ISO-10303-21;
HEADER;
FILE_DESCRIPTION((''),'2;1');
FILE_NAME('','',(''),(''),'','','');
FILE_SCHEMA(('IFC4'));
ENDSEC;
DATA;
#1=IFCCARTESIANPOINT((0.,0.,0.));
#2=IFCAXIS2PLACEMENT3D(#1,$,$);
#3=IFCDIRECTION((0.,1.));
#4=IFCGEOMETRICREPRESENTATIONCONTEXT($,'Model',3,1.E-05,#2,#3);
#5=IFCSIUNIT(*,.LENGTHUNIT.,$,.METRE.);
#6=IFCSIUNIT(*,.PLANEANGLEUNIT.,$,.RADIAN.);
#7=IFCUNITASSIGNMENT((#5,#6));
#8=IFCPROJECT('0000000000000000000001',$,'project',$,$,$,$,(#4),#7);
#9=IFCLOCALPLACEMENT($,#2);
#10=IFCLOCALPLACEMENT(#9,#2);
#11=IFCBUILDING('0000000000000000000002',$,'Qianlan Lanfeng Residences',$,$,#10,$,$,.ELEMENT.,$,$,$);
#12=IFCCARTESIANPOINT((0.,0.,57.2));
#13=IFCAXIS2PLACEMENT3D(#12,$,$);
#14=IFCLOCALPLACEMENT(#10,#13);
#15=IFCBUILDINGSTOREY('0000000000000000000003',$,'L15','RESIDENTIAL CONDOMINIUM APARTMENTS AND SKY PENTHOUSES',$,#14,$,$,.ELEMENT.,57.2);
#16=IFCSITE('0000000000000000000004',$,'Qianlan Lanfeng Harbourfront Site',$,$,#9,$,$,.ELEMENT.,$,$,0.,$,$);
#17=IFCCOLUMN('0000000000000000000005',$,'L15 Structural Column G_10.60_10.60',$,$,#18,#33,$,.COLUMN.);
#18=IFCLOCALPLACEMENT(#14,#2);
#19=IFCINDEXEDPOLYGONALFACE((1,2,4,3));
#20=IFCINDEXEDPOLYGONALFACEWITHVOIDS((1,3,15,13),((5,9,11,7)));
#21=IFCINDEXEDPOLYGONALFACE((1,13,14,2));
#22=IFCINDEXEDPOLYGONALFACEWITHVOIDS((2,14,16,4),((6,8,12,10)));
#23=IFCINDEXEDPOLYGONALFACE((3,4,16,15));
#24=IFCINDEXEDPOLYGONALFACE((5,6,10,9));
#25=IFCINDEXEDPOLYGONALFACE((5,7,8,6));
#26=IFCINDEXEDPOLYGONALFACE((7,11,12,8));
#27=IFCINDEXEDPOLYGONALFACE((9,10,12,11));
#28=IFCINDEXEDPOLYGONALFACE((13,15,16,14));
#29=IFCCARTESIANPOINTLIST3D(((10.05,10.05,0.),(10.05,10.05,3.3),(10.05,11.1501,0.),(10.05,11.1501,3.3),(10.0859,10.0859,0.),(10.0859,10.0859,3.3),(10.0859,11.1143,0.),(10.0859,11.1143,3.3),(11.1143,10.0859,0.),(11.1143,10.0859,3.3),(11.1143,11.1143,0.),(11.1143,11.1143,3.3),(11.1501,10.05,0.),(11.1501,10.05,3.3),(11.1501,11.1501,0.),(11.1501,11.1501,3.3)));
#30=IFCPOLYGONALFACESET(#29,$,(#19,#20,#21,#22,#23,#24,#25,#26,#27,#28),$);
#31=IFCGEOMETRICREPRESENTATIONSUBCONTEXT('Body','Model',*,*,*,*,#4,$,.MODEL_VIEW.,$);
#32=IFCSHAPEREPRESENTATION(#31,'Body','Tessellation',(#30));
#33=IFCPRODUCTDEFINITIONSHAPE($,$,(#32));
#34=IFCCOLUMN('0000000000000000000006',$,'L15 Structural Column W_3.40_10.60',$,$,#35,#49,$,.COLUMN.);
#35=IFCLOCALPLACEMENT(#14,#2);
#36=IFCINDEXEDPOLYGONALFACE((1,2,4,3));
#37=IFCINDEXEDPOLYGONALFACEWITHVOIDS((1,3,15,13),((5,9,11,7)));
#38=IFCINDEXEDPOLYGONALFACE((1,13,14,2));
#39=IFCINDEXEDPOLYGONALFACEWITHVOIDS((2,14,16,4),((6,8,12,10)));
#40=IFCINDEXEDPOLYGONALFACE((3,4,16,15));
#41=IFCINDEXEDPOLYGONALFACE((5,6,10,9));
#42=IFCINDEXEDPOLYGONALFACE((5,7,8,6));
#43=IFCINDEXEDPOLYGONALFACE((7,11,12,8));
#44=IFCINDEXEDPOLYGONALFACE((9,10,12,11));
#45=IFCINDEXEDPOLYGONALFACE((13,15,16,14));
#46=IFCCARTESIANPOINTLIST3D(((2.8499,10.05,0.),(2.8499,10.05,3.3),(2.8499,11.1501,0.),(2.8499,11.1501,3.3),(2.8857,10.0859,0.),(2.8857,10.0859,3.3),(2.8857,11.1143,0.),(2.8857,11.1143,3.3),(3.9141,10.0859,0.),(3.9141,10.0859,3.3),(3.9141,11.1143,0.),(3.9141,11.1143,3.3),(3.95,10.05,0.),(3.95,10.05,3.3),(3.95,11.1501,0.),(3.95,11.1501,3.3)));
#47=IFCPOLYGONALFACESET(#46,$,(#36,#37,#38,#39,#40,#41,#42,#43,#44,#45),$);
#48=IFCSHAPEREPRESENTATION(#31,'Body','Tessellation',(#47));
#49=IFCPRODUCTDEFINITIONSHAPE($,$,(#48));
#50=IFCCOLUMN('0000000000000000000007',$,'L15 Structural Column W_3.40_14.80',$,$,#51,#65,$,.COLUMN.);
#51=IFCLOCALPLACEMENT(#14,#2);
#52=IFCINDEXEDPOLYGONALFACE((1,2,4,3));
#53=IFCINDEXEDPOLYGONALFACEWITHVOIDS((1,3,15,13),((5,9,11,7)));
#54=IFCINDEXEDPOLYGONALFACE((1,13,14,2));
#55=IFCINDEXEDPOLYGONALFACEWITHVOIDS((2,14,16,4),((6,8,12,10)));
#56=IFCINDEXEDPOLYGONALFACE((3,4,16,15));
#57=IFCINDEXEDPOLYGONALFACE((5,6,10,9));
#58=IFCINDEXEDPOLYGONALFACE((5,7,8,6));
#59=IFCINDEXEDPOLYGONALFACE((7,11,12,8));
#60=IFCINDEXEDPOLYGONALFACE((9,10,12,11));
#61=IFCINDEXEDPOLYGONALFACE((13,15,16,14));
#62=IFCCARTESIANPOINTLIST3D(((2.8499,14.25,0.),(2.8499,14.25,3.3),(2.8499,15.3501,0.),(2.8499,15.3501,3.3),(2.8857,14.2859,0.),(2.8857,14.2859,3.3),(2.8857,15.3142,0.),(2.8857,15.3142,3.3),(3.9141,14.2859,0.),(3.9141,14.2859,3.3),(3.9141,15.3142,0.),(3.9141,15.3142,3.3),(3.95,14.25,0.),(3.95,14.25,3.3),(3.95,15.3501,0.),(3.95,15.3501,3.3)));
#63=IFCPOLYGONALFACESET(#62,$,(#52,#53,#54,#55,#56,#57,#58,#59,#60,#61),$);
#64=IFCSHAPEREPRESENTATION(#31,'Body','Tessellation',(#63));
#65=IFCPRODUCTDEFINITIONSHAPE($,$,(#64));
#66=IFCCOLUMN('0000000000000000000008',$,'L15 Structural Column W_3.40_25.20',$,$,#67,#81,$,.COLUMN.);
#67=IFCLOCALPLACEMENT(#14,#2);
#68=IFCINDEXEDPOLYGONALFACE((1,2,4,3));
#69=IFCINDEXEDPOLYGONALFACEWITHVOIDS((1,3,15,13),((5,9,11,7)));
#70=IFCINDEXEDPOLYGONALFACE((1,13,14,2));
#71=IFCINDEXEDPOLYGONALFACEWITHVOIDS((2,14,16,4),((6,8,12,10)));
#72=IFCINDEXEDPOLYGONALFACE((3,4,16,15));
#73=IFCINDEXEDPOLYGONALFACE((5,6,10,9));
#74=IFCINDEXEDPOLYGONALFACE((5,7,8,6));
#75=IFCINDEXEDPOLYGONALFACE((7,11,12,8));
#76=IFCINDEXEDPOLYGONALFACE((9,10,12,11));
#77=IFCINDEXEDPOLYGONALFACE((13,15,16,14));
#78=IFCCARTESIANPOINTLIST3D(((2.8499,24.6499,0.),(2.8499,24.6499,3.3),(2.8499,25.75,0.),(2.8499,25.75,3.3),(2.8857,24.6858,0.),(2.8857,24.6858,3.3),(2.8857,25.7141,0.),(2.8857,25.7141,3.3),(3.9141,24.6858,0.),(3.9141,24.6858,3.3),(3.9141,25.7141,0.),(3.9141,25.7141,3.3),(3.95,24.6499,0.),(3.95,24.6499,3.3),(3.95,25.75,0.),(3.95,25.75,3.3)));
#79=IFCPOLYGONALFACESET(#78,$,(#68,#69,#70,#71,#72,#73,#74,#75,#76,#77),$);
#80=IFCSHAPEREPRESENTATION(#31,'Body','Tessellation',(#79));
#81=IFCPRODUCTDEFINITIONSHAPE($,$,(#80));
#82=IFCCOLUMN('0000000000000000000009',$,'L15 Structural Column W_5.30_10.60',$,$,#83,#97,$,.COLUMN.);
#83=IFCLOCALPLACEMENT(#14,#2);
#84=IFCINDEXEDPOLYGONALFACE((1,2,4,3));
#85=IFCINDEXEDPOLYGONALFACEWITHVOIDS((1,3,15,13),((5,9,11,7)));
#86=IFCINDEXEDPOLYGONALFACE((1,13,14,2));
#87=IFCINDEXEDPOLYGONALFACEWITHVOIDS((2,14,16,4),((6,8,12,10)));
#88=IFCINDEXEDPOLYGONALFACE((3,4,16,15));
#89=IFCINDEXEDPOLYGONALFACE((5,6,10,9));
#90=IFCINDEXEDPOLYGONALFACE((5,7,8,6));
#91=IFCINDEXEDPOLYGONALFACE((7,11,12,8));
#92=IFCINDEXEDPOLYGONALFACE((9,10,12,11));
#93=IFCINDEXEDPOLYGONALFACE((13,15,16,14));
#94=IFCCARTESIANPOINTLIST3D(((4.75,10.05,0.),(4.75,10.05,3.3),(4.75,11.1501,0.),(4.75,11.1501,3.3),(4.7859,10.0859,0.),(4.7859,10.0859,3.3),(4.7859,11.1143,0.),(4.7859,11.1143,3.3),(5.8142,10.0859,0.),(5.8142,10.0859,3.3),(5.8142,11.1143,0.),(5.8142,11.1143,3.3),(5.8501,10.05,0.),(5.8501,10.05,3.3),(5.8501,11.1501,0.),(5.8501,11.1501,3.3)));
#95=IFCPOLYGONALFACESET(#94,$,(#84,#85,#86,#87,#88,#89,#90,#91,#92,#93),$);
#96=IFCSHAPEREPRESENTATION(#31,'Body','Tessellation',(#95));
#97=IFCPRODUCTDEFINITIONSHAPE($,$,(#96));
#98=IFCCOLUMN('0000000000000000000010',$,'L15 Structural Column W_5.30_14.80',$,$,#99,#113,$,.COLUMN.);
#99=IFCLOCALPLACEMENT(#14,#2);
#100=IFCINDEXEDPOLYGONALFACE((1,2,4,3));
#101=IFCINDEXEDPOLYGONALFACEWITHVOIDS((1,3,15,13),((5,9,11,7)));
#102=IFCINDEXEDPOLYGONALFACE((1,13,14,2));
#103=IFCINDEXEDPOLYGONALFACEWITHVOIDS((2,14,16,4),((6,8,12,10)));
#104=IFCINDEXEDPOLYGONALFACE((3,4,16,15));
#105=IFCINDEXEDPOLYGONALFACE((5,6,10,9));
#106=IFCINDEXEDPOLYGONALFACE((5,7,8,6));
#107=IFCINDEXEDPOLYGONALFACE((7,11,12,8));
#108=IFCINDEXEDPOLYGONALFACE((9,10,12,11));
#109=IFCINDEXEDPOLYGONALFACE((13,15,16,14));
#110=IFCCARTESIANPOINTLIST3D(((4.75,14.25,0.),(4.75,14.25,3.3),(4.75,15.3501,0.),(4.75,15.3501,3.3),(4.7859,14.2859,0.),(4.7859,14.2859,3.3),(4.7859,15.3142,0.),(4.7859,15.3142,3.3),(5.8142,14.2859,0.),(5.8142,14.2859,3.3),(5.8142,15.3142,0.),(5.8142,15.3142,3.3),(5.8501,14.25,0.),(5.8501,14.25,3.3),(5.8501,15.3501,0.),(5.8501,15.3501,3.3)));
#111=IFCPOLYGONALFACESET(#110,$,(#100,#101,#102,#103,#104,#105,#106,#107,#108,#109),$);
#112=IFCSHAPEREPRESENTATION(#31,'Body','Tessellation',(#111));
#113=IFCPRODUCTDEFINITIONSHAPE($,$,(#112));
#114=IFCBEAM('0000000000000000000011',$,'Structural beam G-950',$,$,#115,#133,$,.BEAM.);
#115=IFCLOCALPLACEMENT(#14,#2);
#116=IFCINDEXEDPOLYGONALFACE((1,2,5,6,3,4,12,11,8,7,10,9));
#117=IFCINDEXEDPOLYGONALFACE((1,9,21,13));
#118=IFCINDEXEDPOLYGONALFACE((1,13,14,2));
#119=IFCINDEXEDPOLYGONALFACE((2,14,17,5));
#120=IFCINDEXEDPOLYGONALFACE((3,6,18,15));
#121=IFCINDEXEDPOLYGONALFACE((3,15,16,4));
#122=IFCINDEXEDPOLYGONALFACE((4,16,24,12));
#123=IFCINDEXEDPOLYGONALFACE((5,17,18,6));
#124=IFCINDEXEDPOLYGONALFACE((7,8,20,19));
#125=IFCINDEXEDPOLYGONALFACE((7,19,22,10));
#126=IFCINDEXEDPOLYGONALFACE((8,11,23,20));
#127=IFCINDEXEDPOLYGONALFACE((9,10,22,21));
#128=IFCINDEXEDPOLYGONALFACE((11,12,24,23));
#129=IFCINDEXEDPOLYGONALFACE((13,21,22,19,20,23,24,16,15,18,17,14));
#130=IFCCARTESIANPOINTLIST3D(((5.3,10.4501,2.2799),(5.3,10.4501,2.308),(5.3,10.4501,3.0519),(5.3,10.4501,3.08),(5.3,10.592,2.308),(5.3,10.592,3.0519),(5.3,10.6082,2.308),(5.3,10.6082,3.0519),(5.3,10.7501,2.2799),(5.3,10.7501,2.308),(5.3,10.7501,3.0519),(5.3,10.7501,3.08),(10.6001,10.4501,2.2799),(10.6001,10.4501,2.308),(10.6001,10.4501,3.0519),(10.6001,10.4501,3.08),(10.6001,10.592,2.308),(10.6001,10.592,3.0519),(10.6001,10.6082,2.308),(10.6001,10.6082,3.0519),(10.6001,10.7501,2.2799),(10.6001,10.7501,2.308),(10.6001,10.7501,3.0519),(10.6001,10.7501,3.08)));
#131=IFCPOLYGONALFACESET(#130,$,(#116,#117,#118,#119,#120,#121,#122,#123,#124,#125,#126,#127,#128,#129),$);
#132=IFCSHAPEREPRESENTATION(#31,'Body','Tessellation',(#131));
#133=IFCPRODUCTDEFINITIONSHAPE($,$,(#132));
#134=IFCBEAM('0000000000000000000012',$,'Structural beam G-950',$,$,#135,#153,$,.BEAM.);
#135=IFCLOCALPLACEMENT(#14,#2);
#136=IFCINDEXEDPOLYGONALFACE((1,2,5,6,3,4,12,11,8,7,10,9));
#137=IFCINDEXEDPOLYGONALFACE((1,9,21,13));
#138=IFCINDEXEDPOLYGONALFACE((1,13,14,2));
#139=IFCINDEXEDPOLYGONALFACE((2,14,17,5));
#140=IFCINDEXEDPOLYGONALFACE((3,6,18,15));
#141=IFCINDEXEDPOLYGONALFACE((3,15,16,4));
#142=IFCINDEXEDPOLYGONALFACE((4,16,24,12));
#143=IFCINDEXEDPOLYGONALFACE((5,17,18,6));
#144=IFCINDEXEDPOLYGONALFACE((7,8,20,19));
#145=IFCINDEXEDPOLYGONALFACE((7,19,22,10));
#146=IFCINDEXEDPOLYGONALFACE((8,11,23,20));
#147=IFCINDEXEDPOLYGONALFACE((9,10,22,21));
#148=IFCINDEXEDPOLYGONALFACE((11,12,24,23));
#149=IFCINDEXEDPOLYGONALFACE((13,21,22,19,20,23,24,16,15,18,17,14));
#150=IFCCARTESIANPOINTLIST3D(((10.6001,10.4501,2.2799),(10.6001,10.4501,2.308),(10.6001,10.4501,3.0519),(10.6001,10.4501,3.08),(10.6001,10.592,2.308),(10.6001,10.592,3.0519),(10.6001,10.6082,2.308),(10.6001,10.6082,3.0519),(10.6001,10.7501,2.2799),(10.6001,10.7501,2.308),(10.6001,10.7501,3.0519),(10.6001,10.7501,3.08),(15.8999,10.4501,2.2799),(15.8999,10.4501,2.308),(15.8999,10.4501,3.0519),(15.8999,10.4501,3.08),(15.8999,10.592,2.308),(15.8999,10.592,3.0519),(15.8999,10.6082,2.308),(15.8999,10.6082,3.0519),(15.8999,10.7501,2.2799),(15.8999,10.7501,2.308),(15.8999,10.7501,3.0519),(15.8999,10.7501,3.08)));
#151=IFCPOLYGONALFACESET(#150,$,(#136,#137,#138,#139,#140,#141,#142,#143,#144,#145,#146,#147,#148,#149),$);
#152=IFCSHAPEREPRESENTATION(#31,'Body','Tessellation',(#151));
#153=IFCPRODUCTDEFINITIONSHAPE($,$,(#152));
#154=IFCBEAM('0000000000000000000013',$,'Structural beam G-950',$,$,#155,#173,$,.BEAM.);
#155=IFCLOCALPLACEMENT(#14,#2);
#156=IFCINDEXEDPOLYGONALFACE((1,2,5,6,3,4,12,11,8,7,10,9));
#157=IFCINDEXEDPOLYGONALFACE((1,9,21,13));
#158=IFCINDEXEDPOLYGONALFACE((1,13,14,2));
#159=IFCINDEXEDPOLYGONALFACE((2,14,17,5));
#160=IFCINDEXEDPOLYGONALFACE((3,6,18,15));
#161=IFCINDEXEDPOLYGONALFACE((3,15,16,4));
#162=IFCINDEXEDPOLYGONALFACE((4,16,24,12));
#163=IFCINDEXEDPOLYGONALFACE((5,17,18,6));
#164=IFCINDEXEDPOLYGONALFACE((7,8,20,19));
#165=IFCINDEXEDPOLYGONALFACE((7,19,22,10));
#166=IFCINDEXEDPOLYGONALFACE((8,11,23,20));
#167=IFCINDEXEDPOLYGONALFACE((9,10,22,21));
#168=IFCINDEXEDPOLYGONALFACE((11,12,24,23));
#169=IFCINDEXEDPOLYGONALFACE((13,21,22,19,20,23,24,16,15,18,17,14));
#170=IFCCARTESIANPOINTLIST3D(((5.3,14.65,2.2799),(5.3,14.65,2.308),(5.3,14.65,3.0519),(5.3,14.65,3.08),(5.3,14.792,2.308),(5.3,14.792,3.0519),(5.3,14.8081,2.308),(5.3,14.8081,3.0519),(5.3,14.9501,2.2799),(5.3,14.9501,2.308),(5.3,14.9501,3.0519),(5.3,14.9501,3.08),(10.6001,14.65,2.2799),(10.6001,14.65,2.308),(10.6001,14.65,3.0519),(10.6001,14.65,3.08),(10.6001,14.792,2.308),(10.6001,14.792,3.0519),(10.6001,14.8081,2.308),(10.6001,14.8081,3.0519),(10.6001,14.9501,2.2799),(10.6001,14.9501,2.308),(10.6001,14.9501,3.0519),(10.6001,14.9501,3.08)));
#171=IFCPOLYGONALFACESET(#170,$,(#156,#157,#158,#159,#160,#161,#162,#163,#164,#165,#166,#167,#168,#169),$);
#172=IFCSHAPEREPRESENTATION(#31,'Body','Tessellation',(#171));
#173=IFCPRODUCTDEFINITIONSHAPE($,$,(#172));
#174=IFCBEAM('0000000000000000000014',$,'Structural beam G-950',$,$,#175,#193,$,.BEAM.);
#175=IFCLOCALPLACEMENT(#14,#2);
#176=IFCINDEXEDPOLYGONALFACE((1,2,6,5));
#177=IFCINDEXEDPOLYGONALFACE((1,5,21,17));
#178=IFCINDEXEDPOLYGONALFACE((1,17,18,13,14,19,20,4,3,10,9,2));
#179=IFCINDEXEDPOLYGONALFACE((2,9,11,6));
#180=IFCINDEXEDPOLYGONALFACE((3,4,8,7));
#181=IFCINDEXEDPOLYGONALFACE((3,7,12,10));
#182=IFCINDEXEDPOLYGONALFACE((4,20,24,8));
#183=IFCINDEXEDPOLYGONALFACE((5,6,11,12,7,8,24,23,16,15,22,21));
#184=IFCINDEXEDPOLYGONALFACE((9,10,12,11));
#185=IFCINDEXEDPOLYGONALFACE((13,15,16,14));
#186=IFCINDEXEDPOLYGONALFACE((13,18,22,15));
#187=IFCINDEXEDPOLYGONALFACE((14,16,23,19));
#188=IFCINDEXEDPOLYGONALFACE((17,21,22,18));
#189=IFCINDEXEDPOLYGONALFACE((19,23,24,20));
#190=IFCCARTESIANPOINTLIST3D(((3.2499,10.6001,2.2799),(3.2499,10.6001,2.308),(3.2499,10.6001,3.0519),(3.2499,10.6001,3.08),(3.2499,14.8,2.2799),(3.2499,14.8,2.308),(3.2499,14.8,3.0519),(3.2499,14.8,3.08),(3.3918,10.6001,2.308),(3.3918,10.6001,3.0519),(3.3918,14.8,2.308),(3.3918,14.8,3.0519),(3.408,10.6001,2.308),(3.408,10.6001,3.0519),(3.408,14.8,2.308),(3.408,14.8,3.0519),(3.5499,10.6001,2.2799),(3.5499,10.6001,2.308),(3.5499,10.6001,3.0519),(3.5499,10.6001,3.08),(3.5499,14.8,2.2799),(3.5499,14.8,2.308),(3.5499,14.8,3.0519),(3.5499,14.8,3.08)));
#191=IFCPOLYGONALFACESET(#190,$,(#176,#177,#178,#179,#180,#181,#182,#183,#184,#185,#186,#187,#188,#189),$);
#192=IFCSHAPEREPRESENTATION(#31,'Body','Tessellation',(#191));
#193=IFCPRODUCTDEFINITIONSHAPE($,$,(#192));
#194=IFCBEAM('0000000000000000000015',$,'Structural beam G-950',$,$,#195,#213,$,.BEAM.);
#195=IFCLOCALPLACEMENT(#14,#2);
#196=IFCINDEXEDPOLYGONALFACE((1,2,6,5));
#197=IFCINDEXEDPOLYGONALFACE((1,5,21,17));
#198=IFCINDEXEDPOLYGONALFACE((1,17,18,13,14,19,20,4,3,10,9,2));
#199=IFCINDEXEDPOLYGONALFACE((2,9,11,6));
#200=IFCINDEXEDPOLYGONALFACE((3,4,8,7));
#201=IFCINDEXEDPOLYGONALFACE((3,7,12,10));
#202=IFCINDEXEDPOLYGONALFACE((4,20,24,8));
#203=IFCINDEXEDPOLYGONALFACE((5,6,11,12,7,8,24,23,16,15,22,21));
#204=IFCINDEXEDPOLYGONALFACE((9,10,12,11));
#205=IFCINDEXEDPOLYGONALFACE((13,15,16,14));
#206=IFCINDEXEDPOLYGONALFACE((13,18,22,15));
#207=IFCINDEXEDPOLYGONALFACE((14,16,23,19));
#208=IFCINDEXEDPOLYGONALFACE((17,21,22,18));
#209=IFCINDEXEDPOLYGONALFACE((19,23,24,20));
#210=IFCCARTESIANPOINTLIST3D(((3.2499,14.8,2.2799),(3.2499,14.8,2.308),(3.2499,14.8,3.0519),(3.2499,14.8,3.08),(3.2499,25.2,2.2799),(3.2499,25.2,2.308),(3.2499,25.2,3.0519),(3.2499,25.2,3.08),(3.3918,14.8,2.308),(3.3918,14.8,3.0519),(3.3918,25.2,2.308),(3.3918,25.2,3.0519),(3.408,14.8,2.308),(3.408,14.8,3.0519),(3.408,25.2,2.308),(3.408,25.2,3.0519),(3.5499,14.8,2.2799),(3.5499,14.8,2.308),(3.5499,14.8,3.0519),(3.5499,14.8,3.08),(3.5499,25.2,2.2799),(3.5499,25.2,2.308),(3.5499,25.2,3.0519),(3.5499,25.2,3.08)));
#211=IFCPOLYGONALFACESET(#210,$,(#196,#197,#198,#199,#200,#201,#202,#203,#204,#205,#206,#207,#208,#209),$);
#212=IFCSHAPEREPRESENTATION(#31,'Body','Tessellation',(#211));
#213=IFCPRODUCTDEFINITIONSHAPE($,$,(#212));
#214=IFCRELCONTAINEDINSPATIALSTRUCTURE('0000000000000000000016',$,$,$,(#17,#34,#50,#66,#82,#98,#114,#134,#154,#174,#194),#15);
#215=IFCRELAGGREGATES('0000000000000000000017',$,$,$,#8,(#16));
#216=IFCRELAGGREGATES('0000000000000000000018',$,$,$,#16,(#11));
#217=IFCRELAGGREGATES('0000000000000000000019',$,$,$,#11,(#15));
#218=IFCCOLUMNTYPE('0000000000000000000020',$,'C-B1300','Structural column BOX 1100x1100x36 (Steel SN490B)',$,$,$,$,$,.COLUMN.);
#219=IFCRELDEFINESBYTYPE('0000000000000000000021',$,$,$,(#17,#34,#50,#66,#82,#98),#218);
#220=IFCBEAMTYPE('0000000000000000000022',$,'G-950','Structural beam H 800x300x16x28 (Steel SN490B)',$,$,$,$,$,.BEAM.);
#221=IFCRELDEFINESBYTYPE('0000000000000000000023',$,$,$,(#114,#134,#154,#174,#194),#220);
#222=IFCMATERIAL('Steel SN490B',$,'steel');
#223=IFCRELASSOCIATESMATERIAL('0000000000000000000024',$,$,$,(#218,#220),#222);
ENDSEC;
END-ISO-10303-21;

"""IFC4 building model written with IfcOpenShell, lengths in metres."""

from ifc_helpers import new_model, si_unit, direction, frame, origin, origin_2d, place, context, subcontext, project, spatial, hollow_rectangle, i_section, extrude, material, material_profile, profile_set, type_object, element, save


model = new_model("IFC4")

# Units and contexts
model_context = context("Model", 3, precision=1e-05, world=origin(), true_north=direction((0.0, 1.0)))
body_context = subcontext(model_context, "Body", "Model", "MODEL_VIEW")
ifc_project = project(units=[si_unit("LENGTHUNIT", "METRE"), si_unit("PLANEANGLEUNIT", "RADIAN")], contexts=[model_context])

# Site, building, storey
site_placement = place(None, origin())
site = spatial("IfcSite", under=ifc_project, at=site_placement, Name="Qianlan Lanfeng Harbourfront Site", CompositionType="ELEMENT", RefElevation=0.0)
building_placement = place(site_placement, origin())
building = spatial("IfcBuilding", under=site, at=building_placement, Name="Qianlan Lanfeng Residences", CompositionType="ELEMENT")
storey_placement = place(building_placement, frame((0.0, 0.0, 57.2)))
storey = spatial("IfcBuildingStorey", under=building, at=storey_placement, Name="L15", Description="RESIDENTIAL CONDOMINIUM APARTMENTS AND SKY PENTHOUSES", CompositionType="ELEMENT", Elevation=57.2)

# Columns
ifc_material_1 = material(Name="Steel SN490B", Category="steel")
ifc_material_profile_1 = material_profile(ifc_material_1, hollow_rectangle(XDim=1.1001, YDim=1.1001, WallThickness=0.0359, at=origin_2d()), Name="BOX 1100x1100x36")
ifc_profile_set_1 = profile_set([ifc_material_profile_1], Name="Steel SN490B")
column_type = type_object("IfcColumnType", Name="C-B1300", Description="Structural column BOX 1100x1100x36 (Steel SN490B)", PredefinedType="COLUMN", material=ifc_profile_set_1)
for number, where, z_axis, x_axis, name in (
    (1, (10.6001, 10.6001, 0.0), (0.0, 0.0, 1.0), (1.0, 0.0, 0.0), "L15 Structural Column G_10.60_10.60"),
    (2, (3.3999, 10.6001, 0.0), (0.0, 0.0, 1.0), (1.0, 0.0, 0.0), "L15 Structural Column W_3.40_10.60"),
    (3, (3.3999, 14.8, 0.0), (0.0, 0.0, 1.0), (1.0, 0.0, 0.0), "L15 Structural Column W_3.40_14.80"),
    (4, (3.3999, 25.2, 0.0), (0.0, 0.0, 1.0), (1.0, 0.0, 0.0), "L15 Structural Column W_3.40_25.20"),
    (5, (5.3, 10.6001, 0.0), (0.0, 0.0, 1.0), (1.0, 0.0, 0.0), "L15 Structural Column W_5.30_10.60"),
    (6, (5.3, 14.8, 0.0), (0.0, 0.0, 1.0), (1.0, 0.0, 0.0), "L15 Structural Column W_5.30_14.80"),
):
    element("IfcColumn", number, at=place(storey_placement, frame(where, z_axis=z_axis, x_axis=x_axis)), inside=storey, type_object=column_type, Name=name, PredefinedType="COLUMN", context=body_context, shape_type="SweptSolid", body=[
        extrude(hollow_rectangle(XDim=1.1001, YDim=1.1001, WallThickness=0.0359, at=origin_2d()), origin(), (0.0, 0.0, 1.0), 3.3),
    ])

# Beams
ifc_material_profile_2 = material_profile(ifc_material_1, i_section(OverallWidth=0.3, OverallDepth=0.8, WebThickness=0.0161, FlangeThickness=0.0281, at=origin_2d()), Name="H 800x300x16x28")
ifc_profile_set_2 = profile_set([ifc_material_profile_2], Name="Steel SN490B")
beam_type_1 = type_object("IfcBeamType", Name="G-950", Description="Structural beam H 800x300x16x28 (Steel SN490B)", PredefinedType="BEAM", material=ifc_profile_set_2)
beam_1_placement = place(storey_placement, frame((5.3, 10.6001, 2.6799), z_axis=(1.0, 0.0, 0.0), x_axis=(0.0, 1.0, 0.0)))
element("IfcBeam", 7, at=beam_1_placement, inside=storey, type_object=beam_type_1, Name="Structural beam G-950", PredefinedType="BEAM", context=body_context, shape_type="SweptSolid", body=[
    extrude(i_section(OverallWidth=0.3, OverallDepth=0.8, WebThickness=0.0161, FlangeThickness=0.0281, at=origin_2d()), origin(), (0.0, 0.0, 1.0), 5.3),
])
beam_2_placement = place(storey_placement, frame((10.6001, 10.6001, 2.6799), z_axis=(1.0, 0.0, 0.0), x_axis=(0.0, 1.0, 0.0)))
element("IfcBeam", 8, at=beam_2_placement, inside=storey, type_object=beam_type_1, Name="Structural beam G-950", PredefinedType="BEAM", context=body_context, shape_type="SweptSolid", body=[
    extrude(i_section(OverallWidth=0.3, OverallDepth=0.8, WebThickness=0.0161, FlangeThickness=0.0281, at=origin_2d()), origin(), (0.0, 0.0, 1.0), 5.2998),
])
beam_3_placement = place(storey_placement, frame((5.3, 14.8, 2.6799), z_axis=(1.0, 0.0, 0.0), x_axis=(0.0, 1.0, 0.0)))
element("IfcBeam", 9, at=beam_3_placement, inside=storey, type_object=beam_type_1, Name="Structural beam G-950", PredefinedType="BEAM", context=body_context, shape_type="SweptSolid", body=[
    extrude(i_section(OverallWidth=0.3, OverallDepth=0.8, WebThickness=0.0161, FlangeThickness=0.0281, at=origin_2d()), origin(), (0.0, 0.0, 1.0), 5.3),
])
beam_4_placement = place(storey_placement, frame((3.3999, 10.6001, 2.6799), z_axis=(0.0, 1.0, 0.0), x_axis=(-1.0, 0.0, 0.0)))
element("IfcBeam", 10, at=beam_4_placement, inside=storey, type_object=beam_type_1, Name="Structural beam G-950", PredefinedType="BEAM", context=body_context, shape_type="SweptSolid", body=[
    extrude(i_section(OverallWidth=0.3, OverallDepth=0.8, WebThickness=0.0161, FlangeThickness=0.0281, at=origin_2d()), origin(), (0.0, 0.0, 1.0), 4.2),
])
beam_5_placement = place(storey_placement, frame((3.3999, 14.8, 2.6799), z_axis=(0.0, 1.0, 0.0), x_axis=(-1.0, 0.0, 0.0)))
element("IfcBeam", 11, at=beam_5_placement, inside=storey, type_object=beam_type_1, Name="Structural beam G-950", PredefinedType="BEAM", context=body_context, shape_type="SweptSolid", body=[
    extrude(i_section(OverallWidth=0.3, OverallDepth=0.8, WebThickness=0.0161, FlangeThickness=0.0281, at=origin_2d()), origin(), (0.0, 0.0, 1.0), 10.3999),
])

save(model, "model.ifc")
